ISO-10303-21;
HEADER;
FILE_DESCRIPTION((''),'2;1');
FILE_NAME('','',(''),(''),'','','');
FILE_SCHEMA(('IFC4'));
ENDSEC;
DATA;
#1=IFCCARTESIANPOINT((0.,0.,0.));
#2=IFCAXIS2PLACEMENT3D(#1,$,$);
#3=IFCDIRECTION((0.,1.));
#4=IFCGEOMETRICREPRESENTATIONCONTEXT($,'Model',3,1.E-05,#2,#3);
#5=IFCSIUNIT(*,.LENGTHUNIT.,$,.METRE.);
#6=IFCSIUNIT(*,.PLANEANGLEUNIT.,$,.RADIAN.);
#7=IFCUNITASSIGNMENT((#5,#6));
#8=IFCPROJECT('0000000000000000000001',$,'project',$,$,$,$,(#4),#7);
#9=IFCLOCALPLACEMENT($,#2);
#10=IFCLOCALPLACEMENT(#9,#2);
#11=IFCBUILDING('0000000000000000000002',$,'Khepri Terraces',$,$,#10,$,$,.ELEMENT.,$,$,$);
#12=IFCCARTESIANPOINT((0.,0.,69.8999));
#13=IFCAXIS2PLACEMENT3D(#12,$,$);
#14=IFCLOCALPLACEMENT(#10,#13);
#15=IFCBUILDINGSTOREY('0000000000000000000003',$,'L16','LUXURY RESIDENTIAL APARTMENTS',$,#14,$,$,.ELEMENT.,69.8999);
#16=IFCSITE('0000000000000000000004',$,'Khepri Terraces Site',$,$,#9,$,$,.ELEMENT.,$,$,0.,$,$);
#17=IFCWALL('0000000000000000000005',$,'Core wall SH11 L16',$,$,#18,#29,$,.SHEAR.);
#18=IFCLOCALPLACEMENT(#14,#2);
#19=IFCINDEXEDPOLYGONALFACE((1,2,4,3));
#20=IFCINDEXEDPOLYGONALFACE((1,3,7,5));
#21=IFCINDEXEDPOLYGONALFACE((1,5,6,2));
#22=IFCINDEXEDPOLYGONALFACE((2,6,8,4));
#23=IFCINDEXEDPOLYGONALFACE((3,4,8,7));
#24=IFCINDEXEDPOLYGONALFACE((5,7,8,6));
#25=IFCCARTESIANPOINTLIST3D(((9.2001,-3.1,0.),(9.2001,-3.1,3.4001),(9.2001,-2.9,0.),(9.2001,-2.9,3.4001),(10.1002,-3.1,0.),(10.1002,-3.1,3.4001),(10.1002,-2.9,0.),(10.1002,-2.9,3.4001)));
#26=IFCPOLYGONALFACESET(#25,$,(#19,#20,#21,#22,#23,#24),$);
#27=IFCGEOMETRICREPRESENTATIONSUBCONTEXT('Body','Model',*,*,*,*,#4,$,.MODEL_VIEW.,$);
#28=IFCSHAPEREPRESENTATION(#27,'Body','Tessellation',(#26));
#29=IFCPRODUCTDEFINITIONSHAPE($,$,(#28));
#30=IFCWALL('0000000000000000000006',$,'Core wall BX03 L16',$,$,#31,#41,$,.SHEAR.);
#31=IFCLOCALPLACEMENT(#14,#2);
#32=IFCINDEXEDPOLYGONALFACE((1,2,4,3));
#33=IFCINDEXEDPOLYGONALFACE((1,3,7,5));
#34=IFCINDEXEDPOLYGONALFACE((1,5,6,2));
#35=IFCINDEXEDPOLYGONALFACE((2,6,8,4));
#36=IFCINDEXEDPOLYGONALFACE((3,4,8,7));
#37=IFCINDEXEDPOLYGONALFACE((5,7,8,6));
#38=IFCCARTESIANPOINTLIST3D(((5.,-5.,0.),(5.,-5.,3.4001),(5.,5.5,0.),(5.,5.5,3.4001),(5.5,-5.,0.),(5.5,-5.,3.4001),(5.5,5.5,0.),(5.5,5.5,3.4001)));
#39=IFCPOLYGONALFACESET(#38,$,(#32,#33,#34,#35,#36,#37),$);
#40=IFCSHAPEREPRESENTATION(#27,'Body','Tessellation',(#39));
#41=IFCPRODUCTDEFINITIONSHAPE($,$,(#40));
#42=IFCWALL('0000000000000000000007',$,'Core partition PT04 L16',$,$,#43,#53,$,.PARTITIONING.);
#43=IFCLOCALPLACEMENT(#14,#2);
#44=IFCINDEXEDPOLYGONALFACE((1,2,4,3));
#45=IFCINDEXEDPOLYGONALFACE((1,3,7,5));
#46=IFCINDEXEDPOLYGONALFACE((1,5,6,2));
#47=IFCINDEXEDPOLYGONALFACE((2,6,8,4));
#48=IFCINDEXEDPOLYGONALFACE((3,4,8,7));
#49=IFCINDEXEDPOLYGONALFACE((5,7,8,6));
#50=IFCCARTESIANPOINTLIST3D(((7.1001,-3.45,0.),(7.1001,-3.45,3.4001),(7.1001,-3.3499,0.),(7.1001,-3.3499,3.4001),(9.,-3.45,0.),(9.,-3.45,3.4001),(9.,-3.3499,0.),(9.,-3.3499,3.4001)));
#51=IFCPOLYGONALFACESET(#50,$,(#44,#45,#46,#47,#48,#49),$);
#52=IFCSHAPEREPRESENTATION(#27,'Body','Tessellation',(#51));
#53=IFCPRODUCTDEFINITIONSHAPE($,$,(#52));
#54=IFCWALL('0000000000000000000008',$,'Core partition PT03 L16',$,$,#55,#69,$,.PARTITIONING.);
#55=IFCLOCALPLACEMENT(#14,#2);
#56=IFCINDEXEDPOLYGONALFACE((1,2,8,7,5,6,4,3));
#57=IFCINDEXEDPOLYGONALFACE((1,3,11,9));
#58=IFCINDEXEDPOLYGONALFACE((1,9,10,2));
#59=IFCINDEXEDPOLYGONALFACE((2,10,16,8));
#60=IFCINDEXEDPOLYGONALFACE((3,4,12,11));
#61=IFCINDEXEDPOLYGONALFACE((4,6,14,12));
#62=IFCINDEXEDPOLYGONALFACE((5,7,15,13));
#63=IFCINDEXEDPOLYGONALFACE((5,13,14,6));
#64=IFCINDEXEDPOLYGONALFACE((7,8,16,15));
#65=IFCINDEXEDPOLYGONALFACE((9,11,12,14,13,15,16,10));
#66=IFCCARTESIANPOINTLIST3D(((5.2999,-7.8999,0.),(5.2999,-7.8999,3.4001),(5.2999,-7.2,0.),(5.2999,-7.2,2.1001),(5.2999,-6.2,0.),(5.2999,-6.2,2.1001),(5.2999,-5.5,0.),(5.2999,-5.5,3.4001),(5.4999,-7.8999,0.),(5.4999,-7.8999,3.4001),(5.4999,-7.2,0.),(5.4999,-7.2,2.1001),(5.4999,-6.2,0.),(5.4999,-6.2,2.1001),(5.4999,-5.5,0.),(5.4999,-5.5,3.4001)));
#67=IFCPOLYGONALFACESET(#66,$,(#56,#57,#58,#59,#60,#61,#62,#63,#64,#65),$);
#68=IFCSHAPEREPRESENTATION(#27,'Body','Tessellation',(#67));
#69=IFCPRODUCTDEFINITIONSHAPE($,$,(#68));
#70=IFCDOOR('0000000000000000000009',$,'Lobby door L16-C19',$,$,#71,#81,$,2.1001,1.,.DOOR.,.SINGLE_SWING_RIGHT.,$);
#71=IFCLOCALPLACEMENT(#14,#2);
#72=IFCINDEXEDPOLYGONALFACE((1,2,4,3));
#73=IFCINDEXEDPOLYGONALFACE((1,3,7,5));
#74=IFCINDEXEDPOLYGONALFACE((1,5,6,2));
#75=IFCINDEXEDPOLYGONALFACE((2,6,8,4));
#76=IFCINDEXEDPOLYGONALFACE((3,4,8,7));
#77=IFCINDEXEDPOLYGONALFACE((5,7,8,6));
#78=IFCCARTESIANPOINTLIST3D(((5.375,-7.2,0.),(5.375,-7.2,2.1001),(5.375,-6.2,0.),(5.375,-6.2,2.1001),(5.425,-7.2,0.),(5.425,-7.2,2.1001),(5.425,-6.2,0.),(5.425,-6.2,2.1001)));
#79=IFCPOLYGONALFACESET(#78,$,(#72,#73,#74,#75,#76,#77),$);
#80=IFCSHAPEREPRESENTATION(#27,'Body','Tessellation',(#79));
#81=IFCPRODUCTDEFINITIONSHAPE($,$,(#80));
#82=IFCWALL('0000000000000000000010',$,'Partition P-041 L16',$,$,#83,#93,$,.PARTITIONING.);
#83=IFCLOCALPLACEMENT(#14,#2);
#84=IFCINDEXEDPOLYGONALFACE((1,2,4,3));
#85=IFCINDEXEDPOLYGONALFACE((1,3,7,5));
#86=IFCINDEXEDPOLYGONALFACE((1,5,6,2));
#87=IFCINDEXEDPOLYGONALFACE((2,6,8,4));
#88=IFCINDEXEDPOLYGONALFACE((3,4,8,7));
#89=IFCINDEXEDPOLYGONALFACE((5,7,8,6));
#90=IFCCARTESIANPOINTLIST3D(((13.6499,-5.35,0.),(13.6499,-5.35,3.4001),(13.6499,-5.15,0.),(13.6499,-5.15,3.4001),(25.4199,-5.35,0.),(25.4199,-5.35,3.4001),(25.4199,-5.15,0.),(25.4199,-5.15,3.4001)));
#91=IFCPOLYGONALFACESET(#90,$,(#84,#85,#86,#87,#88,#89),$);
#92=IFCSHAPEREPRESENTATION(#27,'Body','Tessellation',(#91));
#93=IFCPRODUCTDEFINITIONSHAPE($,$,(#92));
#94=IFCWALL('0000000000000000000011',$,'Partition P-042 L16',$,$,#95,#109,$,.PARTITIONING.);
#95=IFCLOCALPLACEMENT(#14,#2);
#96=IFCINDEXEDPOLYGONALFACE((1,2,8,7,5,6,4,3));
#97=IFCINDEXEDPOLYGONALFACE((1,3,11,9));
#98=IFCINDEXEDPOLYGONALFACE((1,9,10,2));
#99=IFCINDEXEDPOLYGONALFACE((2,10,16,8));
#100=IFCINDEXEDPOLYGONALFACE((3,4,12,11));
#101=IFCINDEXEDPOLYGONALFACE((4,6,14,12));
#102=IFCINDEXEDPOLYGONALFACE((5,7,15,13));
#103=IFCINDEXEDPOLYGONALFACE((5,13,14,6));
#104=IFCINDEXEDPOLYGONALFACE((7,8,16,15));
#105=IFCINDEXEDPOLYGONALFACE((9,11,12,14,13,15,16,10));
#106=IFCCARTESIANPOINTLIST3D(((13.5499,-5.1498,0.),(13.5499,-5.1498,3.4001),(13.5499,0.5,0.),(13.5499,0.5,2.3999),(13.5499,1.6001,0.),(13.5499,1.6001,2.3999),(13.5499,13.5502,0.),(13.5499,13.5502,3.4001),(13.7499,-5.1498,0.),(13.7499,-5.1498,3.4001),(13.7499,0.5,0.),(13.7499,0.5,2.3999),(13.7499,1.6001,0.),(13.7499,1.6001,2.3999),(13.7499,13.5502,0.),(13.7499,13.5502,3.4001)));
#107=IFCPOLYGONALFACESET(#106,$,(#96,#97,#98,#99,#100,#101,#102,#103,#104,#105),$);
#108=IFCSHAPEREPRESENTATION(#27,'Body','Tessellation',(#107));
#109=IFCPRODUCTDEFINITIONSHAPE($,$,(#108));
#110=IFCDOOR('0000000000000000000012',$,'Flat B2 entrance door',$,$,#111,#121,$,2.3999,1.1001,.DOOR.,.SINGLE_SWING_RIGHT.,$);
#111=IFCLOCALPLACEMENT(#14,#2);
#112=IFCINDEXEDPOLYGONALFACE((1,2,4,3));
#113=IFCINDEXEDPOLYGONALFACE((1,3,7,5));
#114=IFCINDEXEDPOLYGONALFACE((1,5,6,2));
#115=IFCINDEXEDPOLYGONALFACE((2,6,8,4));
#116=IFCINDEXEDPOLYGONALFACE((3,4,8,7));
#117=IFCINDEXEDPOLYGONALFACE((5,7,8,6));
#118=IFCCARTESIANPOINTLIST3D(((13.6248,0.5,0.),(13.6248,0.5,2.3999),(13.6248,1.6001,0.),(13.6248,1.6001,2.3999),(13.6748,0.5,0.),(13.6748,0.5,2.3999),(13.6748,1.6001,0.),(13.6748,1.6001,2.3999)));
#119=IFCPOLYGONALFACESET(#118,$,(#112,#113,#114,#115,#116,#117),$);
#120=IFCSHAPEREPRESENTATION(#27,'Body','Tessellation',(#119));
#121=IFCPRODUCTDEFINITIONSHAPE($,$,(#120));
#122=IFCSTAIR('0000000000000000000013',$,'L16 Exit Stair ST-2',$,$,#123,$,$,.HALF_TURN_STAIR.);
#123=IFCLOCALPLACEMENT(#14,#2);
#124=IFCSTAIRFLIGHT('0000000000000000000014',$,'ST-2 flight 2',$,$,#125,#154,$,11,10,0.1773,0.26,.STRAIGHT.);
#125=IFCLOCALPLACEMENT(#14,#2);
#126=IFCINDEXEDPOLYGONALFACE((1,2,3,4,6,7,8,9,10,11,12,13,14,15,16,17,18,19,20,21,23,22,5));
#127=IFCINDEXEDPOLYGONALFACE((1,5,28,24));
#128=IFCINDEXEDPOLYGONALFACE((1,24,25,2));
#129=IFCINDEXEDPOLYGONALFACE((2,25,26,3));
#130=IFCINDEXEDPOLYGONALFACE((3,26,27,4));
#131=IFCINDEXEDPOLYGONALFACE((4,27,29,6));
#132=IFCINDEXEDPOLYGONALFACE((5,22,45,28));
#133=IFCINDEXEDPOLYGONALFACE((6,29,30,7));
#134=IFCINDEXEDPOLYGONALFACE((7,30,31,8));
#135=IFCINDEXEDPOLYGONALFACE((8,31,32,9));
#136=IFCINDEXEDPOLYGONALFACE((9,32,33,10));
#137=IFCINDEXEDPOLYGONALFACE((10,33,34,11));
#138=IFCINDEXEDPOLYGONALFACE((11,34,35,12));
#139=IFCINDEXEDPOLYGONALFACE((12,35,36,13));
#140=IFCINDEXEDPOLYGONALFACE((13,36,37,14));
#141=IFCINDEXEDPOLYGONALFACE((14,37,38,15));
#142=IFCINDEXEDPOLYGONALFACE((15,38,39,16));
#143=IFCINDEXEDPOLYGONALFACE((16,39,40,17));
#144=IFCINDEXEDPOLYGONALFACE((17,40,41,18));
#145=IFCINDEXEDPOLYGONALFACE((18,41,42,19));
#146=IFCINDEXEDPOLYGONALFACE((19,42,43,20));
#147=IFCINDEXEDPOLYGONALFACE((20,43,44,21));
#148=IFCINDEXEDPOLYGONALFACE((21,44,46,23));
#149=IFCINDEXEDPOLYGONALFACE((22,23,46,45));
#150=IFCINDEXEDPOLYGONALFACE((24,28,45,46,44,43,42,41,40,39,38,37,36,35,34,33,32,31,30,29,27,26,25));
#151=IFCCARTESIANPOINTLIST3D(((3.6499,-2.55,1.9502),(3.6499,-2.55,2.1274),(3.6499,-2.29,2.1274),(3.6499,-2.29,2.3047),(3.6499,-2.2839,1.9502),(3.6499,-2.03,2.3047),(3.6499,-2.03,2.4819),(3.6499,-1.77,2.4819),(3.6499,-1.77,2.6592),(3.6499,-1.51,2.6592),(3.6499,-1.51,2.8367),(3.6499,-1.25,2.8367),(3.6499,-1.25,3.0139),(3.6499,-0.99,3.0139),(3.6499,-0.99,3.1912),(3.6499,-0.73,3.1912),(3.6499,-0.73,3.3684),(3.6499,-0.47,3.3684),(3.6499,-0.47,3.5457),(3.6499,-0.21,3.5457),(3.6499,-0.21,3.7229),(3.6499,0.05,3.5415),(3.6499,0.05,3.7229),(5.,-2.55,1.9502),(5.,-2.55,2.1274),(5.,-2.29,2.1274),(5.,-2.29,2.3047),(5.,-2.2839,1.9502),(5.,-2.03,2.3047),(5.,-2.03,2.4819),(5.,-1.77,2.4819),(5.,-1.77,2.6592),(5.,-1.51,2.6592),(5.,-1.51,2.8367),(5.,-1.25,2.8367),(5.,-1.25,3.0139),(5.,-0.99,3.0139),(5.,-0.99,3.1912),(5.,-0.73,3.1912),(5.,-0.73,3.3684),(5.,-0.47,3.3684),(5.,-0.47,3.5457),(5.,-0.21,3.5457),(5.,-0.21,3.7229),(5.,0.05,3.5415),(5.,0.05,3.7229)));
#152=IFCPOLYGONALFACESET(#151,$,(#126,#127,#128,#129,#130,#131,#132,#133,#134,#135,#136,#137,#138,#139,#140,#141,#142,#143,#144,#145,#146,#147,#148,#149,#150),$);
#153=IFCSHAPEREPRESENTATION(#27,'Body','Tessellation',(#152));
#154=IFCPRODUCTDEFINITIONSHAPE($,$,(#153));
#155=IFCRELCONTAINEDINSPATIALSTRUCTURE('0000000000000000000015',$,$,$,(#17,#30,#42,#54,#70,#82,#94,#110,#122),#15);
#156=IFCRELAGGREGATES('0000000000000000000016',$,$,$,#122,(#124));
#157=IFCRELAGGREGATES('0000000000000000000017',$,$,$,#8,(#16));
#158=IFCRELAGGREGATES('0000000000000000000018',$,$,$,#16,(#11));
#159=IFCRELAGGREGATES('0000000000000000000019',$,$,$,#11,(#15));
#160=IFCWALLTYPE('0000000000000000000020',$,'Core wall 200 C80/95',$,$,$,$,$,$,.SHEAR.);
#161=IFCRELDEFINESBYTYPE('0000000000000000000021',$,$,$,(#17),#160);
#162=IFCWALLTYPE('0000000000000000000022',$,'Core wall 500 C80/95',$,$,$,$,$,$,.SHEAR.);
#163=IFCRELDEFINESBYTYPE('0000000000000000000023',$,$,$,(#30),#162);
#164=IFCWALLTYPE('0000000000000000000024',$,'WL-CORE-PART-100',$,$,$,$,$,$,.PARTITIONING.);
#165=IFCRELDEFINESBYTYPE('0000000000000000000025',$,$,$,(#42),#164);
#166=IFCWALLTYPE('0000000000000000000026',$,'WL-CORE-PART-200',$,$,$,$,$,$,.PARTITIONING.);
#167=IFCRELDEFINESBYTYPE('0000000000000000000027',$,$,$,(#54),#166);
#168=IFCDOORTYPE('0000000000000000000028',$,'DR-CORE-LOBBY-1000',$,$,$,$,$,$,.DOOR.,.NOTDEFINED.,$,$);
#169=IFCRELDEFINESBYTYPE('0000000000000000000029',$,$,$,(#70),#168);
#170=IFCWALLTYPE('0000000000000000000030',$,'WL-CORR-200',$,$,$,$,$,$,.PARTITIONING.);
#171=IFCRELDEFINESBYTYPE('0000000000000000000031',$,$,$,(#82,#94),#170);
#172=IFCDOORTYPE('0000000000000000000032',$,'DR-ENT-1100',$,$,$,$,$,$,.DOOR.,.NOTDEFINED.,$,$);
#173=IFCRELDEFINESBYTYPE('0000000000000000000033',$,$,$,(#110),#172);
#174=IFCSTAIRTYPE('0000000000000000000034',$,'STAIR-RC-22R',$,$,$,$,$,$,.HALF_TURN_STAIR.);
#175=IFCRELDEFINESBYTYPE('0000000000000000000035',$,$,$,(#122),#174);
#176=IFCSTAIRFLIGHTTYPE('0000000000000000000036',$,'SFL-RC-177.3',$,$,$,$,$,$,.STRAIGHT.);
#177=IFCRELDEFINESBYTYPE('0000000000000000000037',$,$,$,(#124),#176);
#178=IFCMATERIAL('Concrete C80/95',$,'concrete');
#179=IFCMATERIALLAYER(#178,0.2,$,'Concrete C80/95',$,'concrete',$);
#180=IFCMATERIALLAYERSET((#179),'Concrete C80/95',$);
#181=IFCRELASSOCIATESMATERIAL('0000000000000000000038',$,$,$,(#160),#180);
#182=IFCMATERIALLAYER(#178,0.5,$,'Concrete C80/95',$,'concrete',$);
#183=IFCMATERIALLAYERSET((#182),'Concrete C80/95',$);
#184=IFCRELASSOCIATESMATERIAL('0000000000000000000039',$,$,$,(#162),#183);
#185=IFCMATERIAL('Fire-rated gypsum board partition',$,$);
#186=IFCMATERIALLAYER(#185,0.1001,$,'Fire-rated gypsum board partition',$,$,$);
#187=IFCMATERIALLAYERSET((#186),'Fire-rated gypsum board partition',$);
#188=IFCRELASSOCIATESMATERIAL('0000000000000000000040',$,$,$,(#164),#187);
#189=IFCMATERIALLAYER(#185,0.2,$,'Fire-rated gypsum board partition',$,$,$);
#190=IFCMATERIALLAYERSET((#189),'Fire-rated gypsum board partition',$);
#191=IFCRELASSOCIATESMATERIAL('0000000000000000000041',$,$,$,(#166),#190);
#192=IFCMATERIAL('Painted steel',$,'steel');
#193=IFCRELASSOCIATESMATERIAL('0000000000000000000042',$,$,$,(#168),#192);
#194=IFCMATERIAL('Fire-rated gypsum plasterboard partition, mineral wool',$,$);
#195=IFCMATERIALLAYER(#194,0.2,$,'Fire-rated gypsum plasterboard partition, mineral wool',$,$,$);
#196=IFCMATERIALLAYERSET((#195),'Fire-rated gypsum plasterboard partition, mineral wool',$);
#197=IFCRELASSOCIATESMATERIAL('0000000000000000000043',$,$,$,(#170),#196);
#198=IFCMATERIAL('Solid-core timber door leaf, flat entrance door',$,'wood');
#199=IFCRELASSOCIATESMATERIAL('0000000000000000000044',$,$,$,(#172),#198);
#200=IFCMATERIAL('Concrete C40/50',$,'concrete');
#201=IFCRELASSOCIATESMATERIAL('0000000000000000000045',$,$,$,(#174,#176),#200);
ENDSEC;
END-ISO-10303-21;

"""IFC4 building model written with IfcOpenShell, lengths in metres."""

from ifc_helpers import new_model, si_unit, direction, frame, frame_2d, origin, place, context, subcontext, project, spatial, polyline, rectangle, outline, extrude, material, layer, layer_set, type_object, element, fill, aggregate, save


model = new_model("IFC4")

# Units and contexts
model_context = context("Model", 3, precision=1e-05, world=origin(), true_north=direction((0.0, 1.0)))
body_context = subcontext(model_context, "Body", "Model", "MODEL_VIEW")
ifc_project = project(units=[si_unit("LENGTHUNIT", "METRE"), si_unit("PLANEANGLEUNIT", "RADIAN")], contexts=[model_context])

# Site, building, storey
site_placement = place(None, origin())
site = spatial("IfcSite", under=ifc_project, at=site_placement, Name="Khepri Terraces Site", CompositionType="ELEMENT", RefElevation=0.0)
building_placement = place(site_placement, origin())
building = spatial("IfcBuilding", under=site, at=building_placement, Name="Khepri Terraces", CompositionType="ELEMENT")
storey_placement = place(building_placement, frame((0.0, 0.0, 69.8999)))
storey = spatial("IfcBuildingStorey", under=building, at=storey_placement, Name="L16", Description="LUXURY RESIDENTIAL APARTMENTS", CompositionType="ELEMENT", Elevation=69.8999)

# Shared definitions
ifc_material_1 = material(Name="Concrete C40/50", Category="concrete")

# Shared definitions
ifc_material_2 = material(Name="Concrete C80/95", Category="concrete")
ifc_layer_1 = layer(ifc_material_2, 0.2, Name="Concrete C80/95", Category="concrete")
ifc_layer_set_1 = layer_set([ifc_layer_1], Name="Concrete C80/95")
wall_type_1 = type_object("IfcWallType", Name="Core wall 200 C80/95", PredefinedType="SHEAR", material=ifc_layer_set_1)
ifc_material_3 = material(Name="Painted steel", Category="steel")

# Walls
wall_1_placement = place(storey_placement, frame((9.2, -3.0, 0.0), z_axis=(0.0, 0.0, 1.0), x_axis=(1.0, 0.0, 0.0)))
element("IfcWall", 1, at=wall_1_placement, inside=storey, type_object=wall_type_1, Name="Core wall SH11 L16", PredefinedType="SHEAR", context=body_context, shape_type="SweptSolid", body=[
    extrude(rectangle(XDim=0.9001, YDim=0.2, at=frame_2d((0.4502, 0.0))), origin(), (0.0, 0.0, 1.0), 3.4001),
])
ifc_layer_2 = layer(ifc_material_2, 0.5, Name="Concrete C80/95", Category="concrete")
ifc_layer_set_2 = layer_set([ifc_layer_2], Name="Concrete C80/95")
wall_type_2 = type_object("IfcWallType", Name="Core wall 500 C80/95", PredefinedType="SHEAR", material=ifc_layer_set_2)
wall_2_placement = place(storey_placement, frame((5.25, -5.0, 0.0), z_axis=(0.0, 0.0, 1.0), x_axis=(0.0, 1.0, 0.0)))
element("IfcWall", 2, at=wall_2_placement, inside=storey, type_object=wall_type_2, Name="Core wall BX03 L16", PredefinedType="SHEAR", context=body_context, shape_type="SweptSolid", body=[
    extrude(rectangle(XDim=10.5, YDim=0.5, at=frame_2d((5.25, 0.0))), origin(), (0.0, 0.0, 1.0), 3.4001),
])
ifc_material_4 = material(Name="Fire-rated gypsum board partition")
ifc_layer_3 = layer(ifc_material_4, 0.1001, Name="Fire-rated gypsum board partition")
ifc_layer_set_3 = layer_set([ifc_layer_3], Name="Fire-rated gypsum board partition")
wall_type_3 = type_object("IfcWallType", Name="WL-CORE-PART-100", PredefinedType="PARTITIONING", material=ifc_layer_set_3)
wall_3_placement = place(storey_placement, frame((7.1001, -3.3999, 0.0), z_axis=(0.0, 0.0, 1.0), x_axis=(1.0, 0.0, 0.0)))
element("IfcWall", 3, at=wall_3_placement, inside=storey, type_object=wall_type_3, Name="Core partition PT04 L16", PredefinedType="PARTITIONING", context=body_context, shape_type="SweptSolid", body=[
    extrude(rectangle(XDim=1.8999, YDim=0.1001, at=frame_2d((0.95, 0.0))), origin(), (0.0, 0.0, 1.0), 3.4001),
])

# Wall, opening, door
ifc_layer_4 = layer(ifc_material_4, 0.2, Name="Fire-rated gypsum board partition")
ifc_layer_set_4 = layer_set([ifc_layer_4], Name="Fire-rated gypsum board partition")
wall_type_4 = type_object("IfcWallType", Name="WL-CORE-PART-200", PredefinedType="PARTITIONING", material=ifc_layer_set_4)
wall_4_placement = place(storey_placement, frame((5.3999, -7.8999, 0.0), z_axis=(0.0, 0.0, 1.0), x_axis=(0.0, 1.0, 0.0)))
wall_4 = element("IfcWall", 4, at=wall_4_placement, inside=storey, type_object=wall_type_4, Name="Core partition PT03 L16", PredefinedType="PARTITIONING", context=body_context, shape_type="SweptSolid", body=[
    extrude(rectangle(XDim=2.3999, YDim=0.2, at=frame_2d((1.2, 0.0))), origin(), (0.0, 0.0, 1.0), 3.4001),
])
opening_1_placement = place(wall_4_placement, frame((0.7, 0.0, 0.0)))
opening_1 = element("IfcOpeningElement", 5, at=opening_1_placement, cuts=wall_4, PredefinedType="OPENING", context=body_context, shape_type="SweptSolid", body=[
    extrude(rectangle(XDim=1.0, YDim=2.1001, at=frame_2d((0.5, 1.05))), frame((0.0, 0.1099, 0.0), z_axis=(0.0, -1.0, 0.0), x_axis=(1.0, 0.0, 0.0)), (0.0, 0.0, 1.0), 0.22),
])
door_type_1 = type_object("IfcDoorType", Name="DR-CORE-LOBBY-1000", OperationType="NOTDEFINED", PredefinedType="DOOR", material=ifc_material_3)
door_1_placement = place(opening_1_placement, origin())
door_1 = element("IfcDoor", 6, at=door_1_placement, inside=storey, type_object=door_type_1, Name="Lobby door L16-C19", OperationType="SINGLE_SWING_RIGHT", OverallHeight=2.1001, OverallWidth=1.0, PredefinedType="DOOR", context=body_context, shape_type="SweptSolid", body=[
    extrude(rectangle(XDim=1.0, YDim=2.1001, at=frame_2d((0.5, 1.05))), frame((0.0, 0.0249, 0.0), z_axis=(0.0, -1.0, 0.0), x_axis=(1.0, 0.0, 0.0)), (0.0, 0.0, 1.0), 0.05),
])
fill(opening_1, door_1)

# Wall
ifc_material_5 = material(Name="Fire-rated gypsum plasterboard partition, mineral wool")
ifc_layer_5 = layer(ifc_material_5, 0.2, Name="Fire-rated gypsum plasterboard partition, mineral wool")
ifc_layer_set_5 = layer_set([ifc_layer_5], Name="Fire-rated gypsum plasterboard partition, mineral wool")
wall_type_5 = type_object("IfcWallType", Name="WL-CORR-200", PredefinedType="PARTITIONING", material=ifc_layer_set_5)
wall_5_placement = place(storey_placement, frame((13.6499, -5.25, 0.0), z_axis=(0.0, 0.0, 1.0), x_axis=(1.0, 0.0, 0.0)))
element("IfcWall", 7, at=wall_5_placement, inside=storey, type_object=wall_type_5, Name="Partition P-041 L16", PredefinedType="PARTITIONING", context=body_context, shape_type="SweptSolid", body=[
    extrude(rectangle(XDim=11.77, YDim=0.2, at=frame_2d((5.885, 0.0))), origin(), (0.0, 0.0, 1.0), 3.4001),
])

# Wall, opening, door
wall_6_placement = place(storey_placement, frame((13.6499, -5.1499, 0.0), z_axis=(0.0, 0.0, 1.0), x_axis=(0.0, 1.0, 0.0)))
wall_6 = element("IfcWall", 8, at=wall_6_placement, inside=storey, type_object=wall_type_5, Name="Partition P-042 L16", PredefinedType="PARTITIONING", context=body_context, shape_type="SweptSolid", body=[
    extrude(rectangle(XDim=18.7, YDim=0.2, at=frame_2d((9.3501, 0.0))), origin(), (0.0, 0.0, 1.0), 3.4001),
])
opening_2_placement = place(wall_6_placement, frame((5.6499, 0.0, 0.0)))
opening_2 = element("IfcOpeningElement", 9, at=opening_2_placement, cuts=wall_6, PredefinedType="OPENING", context=body_context, shape_type="SweptSolid", body=[
    extrude(rectangle(XDim=1.1001, YDim=2.3999, at=frame_2d((0.55, 1.2))), frame((0.0, 0.1099, 0.0), z_axis=(0.0, -1.0, 0.0), x_axis=(1.0, 0.0, 0.0)), (0.0, 0.0, 1.0), 0.22),
])
ifc_material_6 = material(Name="Solid-core timber door leaf, flat entrance door", Category="wood")
door_type_2 = type_object("IfcDoorType", Name="DR-ENT-1100", OperationType="NOTDEFINED", PredefinedType="DOOR", material=ifc_material_6)
door_2_placement = place(opening_2_placement, frame((1.1001, 0.0, 0.0), z_axis=(0.0, 0.0, 1.0), x_axis=(-1.0, 0.0, 0.0)))
door_2 = element("IfcDoor", 10, at=door_2_placement, inside=storey, type_object=door_type_2, Name="Flat B2 entrance door", OperationType="SINGLE_SWING_RIGHT", OverallHeight=2.3999, OverallWidth=1.1001, PredefinedType="DOOR", context=body_context, shape_type="SweptSolid", body=[
    extrude(rectangle(XDim=1.1001, YDim=2.3999, at=frame_2d((0.55, 1.2))), frame((0.0, 0.0249, 0.0), z_axis=(0.0, -1.0, 0.0), x_axis=(1.0, 0.0, 0.0)), (0.0, 0.0, 1.0), 0.05),
])
fill(opening_2, door_2)

# Stair, stair flight
stair_type = type_object("IfcStairType", Name="STAIR-RC-22R", PredefinedType="HALF_TURN_STAIR", material=ifc_material_1)
stair_placement = place(storey_placement, origin())
stair = element("IfcStair", 11, at=stair_placement, inside=storey, type_object=stair_type, Name="L16 Exit Stair ST-2", PredefinedType="HALF_TURN_STAIR")
stair_flight_type = type_object("IfcStairFlightType", Name="SFL-RC-177.3", PredefinedType="STRAIGHT", material=ifc_material_1)
stair_flight_placement = place(storey_placement, frame((4.325, -2.55, 1.9502), z_axis=(0.0, 0.0, 1.0), x_axis=(0.0, 1.0, 0.0)))
stair_flight = element("IfcStairFlight", 12, at=stair_flight_placement, type_object=stair_flight_type, Name="ST-2 flight 2", NumberOfRisers=11, NumberOfTreads=10, PredefinedType="STRAIGHT", RiserHeight=0.1773, TreadLength=0.26, context=body_context, shape_type="SweptSolid", body=[
    extrude(outline(polyline([(0.0, 0.0), (0.0, 0.1772), (0.26, 0.1772), (0.26, 0.3545), (0.52, 0.3545), (0.52, 0.5317), (0.78, 0.5317), (0.78, 0.709), (1.04, 0.709), (1.04, 0.8865), (1.3, 0.8865), (1.3, 1.0637), (1.5601, 1.0637), (1.5601, 1.241), (1.8201, 1.241), (1.8201, 1.4182), (2.0801, 1.4182), (2.0801, 1.5955), (2.3401, 1.5955), (2.3401, 1.7727), (2.6001, 1.7727), (2.6001, 1.95), (2.6001, 1.5913), (0.2661, 0.0), (0.0, 0.0)])), frame((0.0, 0.675, 0.0), z_axis=(0.0, -1.0, 0.0), x_axis=(1.0, 0.0, 0.0)), (0.0, 0.0, 1.0), 1.3501),
])
aggregate(stair, [stair_flight])

save(model, "model.ifc")
